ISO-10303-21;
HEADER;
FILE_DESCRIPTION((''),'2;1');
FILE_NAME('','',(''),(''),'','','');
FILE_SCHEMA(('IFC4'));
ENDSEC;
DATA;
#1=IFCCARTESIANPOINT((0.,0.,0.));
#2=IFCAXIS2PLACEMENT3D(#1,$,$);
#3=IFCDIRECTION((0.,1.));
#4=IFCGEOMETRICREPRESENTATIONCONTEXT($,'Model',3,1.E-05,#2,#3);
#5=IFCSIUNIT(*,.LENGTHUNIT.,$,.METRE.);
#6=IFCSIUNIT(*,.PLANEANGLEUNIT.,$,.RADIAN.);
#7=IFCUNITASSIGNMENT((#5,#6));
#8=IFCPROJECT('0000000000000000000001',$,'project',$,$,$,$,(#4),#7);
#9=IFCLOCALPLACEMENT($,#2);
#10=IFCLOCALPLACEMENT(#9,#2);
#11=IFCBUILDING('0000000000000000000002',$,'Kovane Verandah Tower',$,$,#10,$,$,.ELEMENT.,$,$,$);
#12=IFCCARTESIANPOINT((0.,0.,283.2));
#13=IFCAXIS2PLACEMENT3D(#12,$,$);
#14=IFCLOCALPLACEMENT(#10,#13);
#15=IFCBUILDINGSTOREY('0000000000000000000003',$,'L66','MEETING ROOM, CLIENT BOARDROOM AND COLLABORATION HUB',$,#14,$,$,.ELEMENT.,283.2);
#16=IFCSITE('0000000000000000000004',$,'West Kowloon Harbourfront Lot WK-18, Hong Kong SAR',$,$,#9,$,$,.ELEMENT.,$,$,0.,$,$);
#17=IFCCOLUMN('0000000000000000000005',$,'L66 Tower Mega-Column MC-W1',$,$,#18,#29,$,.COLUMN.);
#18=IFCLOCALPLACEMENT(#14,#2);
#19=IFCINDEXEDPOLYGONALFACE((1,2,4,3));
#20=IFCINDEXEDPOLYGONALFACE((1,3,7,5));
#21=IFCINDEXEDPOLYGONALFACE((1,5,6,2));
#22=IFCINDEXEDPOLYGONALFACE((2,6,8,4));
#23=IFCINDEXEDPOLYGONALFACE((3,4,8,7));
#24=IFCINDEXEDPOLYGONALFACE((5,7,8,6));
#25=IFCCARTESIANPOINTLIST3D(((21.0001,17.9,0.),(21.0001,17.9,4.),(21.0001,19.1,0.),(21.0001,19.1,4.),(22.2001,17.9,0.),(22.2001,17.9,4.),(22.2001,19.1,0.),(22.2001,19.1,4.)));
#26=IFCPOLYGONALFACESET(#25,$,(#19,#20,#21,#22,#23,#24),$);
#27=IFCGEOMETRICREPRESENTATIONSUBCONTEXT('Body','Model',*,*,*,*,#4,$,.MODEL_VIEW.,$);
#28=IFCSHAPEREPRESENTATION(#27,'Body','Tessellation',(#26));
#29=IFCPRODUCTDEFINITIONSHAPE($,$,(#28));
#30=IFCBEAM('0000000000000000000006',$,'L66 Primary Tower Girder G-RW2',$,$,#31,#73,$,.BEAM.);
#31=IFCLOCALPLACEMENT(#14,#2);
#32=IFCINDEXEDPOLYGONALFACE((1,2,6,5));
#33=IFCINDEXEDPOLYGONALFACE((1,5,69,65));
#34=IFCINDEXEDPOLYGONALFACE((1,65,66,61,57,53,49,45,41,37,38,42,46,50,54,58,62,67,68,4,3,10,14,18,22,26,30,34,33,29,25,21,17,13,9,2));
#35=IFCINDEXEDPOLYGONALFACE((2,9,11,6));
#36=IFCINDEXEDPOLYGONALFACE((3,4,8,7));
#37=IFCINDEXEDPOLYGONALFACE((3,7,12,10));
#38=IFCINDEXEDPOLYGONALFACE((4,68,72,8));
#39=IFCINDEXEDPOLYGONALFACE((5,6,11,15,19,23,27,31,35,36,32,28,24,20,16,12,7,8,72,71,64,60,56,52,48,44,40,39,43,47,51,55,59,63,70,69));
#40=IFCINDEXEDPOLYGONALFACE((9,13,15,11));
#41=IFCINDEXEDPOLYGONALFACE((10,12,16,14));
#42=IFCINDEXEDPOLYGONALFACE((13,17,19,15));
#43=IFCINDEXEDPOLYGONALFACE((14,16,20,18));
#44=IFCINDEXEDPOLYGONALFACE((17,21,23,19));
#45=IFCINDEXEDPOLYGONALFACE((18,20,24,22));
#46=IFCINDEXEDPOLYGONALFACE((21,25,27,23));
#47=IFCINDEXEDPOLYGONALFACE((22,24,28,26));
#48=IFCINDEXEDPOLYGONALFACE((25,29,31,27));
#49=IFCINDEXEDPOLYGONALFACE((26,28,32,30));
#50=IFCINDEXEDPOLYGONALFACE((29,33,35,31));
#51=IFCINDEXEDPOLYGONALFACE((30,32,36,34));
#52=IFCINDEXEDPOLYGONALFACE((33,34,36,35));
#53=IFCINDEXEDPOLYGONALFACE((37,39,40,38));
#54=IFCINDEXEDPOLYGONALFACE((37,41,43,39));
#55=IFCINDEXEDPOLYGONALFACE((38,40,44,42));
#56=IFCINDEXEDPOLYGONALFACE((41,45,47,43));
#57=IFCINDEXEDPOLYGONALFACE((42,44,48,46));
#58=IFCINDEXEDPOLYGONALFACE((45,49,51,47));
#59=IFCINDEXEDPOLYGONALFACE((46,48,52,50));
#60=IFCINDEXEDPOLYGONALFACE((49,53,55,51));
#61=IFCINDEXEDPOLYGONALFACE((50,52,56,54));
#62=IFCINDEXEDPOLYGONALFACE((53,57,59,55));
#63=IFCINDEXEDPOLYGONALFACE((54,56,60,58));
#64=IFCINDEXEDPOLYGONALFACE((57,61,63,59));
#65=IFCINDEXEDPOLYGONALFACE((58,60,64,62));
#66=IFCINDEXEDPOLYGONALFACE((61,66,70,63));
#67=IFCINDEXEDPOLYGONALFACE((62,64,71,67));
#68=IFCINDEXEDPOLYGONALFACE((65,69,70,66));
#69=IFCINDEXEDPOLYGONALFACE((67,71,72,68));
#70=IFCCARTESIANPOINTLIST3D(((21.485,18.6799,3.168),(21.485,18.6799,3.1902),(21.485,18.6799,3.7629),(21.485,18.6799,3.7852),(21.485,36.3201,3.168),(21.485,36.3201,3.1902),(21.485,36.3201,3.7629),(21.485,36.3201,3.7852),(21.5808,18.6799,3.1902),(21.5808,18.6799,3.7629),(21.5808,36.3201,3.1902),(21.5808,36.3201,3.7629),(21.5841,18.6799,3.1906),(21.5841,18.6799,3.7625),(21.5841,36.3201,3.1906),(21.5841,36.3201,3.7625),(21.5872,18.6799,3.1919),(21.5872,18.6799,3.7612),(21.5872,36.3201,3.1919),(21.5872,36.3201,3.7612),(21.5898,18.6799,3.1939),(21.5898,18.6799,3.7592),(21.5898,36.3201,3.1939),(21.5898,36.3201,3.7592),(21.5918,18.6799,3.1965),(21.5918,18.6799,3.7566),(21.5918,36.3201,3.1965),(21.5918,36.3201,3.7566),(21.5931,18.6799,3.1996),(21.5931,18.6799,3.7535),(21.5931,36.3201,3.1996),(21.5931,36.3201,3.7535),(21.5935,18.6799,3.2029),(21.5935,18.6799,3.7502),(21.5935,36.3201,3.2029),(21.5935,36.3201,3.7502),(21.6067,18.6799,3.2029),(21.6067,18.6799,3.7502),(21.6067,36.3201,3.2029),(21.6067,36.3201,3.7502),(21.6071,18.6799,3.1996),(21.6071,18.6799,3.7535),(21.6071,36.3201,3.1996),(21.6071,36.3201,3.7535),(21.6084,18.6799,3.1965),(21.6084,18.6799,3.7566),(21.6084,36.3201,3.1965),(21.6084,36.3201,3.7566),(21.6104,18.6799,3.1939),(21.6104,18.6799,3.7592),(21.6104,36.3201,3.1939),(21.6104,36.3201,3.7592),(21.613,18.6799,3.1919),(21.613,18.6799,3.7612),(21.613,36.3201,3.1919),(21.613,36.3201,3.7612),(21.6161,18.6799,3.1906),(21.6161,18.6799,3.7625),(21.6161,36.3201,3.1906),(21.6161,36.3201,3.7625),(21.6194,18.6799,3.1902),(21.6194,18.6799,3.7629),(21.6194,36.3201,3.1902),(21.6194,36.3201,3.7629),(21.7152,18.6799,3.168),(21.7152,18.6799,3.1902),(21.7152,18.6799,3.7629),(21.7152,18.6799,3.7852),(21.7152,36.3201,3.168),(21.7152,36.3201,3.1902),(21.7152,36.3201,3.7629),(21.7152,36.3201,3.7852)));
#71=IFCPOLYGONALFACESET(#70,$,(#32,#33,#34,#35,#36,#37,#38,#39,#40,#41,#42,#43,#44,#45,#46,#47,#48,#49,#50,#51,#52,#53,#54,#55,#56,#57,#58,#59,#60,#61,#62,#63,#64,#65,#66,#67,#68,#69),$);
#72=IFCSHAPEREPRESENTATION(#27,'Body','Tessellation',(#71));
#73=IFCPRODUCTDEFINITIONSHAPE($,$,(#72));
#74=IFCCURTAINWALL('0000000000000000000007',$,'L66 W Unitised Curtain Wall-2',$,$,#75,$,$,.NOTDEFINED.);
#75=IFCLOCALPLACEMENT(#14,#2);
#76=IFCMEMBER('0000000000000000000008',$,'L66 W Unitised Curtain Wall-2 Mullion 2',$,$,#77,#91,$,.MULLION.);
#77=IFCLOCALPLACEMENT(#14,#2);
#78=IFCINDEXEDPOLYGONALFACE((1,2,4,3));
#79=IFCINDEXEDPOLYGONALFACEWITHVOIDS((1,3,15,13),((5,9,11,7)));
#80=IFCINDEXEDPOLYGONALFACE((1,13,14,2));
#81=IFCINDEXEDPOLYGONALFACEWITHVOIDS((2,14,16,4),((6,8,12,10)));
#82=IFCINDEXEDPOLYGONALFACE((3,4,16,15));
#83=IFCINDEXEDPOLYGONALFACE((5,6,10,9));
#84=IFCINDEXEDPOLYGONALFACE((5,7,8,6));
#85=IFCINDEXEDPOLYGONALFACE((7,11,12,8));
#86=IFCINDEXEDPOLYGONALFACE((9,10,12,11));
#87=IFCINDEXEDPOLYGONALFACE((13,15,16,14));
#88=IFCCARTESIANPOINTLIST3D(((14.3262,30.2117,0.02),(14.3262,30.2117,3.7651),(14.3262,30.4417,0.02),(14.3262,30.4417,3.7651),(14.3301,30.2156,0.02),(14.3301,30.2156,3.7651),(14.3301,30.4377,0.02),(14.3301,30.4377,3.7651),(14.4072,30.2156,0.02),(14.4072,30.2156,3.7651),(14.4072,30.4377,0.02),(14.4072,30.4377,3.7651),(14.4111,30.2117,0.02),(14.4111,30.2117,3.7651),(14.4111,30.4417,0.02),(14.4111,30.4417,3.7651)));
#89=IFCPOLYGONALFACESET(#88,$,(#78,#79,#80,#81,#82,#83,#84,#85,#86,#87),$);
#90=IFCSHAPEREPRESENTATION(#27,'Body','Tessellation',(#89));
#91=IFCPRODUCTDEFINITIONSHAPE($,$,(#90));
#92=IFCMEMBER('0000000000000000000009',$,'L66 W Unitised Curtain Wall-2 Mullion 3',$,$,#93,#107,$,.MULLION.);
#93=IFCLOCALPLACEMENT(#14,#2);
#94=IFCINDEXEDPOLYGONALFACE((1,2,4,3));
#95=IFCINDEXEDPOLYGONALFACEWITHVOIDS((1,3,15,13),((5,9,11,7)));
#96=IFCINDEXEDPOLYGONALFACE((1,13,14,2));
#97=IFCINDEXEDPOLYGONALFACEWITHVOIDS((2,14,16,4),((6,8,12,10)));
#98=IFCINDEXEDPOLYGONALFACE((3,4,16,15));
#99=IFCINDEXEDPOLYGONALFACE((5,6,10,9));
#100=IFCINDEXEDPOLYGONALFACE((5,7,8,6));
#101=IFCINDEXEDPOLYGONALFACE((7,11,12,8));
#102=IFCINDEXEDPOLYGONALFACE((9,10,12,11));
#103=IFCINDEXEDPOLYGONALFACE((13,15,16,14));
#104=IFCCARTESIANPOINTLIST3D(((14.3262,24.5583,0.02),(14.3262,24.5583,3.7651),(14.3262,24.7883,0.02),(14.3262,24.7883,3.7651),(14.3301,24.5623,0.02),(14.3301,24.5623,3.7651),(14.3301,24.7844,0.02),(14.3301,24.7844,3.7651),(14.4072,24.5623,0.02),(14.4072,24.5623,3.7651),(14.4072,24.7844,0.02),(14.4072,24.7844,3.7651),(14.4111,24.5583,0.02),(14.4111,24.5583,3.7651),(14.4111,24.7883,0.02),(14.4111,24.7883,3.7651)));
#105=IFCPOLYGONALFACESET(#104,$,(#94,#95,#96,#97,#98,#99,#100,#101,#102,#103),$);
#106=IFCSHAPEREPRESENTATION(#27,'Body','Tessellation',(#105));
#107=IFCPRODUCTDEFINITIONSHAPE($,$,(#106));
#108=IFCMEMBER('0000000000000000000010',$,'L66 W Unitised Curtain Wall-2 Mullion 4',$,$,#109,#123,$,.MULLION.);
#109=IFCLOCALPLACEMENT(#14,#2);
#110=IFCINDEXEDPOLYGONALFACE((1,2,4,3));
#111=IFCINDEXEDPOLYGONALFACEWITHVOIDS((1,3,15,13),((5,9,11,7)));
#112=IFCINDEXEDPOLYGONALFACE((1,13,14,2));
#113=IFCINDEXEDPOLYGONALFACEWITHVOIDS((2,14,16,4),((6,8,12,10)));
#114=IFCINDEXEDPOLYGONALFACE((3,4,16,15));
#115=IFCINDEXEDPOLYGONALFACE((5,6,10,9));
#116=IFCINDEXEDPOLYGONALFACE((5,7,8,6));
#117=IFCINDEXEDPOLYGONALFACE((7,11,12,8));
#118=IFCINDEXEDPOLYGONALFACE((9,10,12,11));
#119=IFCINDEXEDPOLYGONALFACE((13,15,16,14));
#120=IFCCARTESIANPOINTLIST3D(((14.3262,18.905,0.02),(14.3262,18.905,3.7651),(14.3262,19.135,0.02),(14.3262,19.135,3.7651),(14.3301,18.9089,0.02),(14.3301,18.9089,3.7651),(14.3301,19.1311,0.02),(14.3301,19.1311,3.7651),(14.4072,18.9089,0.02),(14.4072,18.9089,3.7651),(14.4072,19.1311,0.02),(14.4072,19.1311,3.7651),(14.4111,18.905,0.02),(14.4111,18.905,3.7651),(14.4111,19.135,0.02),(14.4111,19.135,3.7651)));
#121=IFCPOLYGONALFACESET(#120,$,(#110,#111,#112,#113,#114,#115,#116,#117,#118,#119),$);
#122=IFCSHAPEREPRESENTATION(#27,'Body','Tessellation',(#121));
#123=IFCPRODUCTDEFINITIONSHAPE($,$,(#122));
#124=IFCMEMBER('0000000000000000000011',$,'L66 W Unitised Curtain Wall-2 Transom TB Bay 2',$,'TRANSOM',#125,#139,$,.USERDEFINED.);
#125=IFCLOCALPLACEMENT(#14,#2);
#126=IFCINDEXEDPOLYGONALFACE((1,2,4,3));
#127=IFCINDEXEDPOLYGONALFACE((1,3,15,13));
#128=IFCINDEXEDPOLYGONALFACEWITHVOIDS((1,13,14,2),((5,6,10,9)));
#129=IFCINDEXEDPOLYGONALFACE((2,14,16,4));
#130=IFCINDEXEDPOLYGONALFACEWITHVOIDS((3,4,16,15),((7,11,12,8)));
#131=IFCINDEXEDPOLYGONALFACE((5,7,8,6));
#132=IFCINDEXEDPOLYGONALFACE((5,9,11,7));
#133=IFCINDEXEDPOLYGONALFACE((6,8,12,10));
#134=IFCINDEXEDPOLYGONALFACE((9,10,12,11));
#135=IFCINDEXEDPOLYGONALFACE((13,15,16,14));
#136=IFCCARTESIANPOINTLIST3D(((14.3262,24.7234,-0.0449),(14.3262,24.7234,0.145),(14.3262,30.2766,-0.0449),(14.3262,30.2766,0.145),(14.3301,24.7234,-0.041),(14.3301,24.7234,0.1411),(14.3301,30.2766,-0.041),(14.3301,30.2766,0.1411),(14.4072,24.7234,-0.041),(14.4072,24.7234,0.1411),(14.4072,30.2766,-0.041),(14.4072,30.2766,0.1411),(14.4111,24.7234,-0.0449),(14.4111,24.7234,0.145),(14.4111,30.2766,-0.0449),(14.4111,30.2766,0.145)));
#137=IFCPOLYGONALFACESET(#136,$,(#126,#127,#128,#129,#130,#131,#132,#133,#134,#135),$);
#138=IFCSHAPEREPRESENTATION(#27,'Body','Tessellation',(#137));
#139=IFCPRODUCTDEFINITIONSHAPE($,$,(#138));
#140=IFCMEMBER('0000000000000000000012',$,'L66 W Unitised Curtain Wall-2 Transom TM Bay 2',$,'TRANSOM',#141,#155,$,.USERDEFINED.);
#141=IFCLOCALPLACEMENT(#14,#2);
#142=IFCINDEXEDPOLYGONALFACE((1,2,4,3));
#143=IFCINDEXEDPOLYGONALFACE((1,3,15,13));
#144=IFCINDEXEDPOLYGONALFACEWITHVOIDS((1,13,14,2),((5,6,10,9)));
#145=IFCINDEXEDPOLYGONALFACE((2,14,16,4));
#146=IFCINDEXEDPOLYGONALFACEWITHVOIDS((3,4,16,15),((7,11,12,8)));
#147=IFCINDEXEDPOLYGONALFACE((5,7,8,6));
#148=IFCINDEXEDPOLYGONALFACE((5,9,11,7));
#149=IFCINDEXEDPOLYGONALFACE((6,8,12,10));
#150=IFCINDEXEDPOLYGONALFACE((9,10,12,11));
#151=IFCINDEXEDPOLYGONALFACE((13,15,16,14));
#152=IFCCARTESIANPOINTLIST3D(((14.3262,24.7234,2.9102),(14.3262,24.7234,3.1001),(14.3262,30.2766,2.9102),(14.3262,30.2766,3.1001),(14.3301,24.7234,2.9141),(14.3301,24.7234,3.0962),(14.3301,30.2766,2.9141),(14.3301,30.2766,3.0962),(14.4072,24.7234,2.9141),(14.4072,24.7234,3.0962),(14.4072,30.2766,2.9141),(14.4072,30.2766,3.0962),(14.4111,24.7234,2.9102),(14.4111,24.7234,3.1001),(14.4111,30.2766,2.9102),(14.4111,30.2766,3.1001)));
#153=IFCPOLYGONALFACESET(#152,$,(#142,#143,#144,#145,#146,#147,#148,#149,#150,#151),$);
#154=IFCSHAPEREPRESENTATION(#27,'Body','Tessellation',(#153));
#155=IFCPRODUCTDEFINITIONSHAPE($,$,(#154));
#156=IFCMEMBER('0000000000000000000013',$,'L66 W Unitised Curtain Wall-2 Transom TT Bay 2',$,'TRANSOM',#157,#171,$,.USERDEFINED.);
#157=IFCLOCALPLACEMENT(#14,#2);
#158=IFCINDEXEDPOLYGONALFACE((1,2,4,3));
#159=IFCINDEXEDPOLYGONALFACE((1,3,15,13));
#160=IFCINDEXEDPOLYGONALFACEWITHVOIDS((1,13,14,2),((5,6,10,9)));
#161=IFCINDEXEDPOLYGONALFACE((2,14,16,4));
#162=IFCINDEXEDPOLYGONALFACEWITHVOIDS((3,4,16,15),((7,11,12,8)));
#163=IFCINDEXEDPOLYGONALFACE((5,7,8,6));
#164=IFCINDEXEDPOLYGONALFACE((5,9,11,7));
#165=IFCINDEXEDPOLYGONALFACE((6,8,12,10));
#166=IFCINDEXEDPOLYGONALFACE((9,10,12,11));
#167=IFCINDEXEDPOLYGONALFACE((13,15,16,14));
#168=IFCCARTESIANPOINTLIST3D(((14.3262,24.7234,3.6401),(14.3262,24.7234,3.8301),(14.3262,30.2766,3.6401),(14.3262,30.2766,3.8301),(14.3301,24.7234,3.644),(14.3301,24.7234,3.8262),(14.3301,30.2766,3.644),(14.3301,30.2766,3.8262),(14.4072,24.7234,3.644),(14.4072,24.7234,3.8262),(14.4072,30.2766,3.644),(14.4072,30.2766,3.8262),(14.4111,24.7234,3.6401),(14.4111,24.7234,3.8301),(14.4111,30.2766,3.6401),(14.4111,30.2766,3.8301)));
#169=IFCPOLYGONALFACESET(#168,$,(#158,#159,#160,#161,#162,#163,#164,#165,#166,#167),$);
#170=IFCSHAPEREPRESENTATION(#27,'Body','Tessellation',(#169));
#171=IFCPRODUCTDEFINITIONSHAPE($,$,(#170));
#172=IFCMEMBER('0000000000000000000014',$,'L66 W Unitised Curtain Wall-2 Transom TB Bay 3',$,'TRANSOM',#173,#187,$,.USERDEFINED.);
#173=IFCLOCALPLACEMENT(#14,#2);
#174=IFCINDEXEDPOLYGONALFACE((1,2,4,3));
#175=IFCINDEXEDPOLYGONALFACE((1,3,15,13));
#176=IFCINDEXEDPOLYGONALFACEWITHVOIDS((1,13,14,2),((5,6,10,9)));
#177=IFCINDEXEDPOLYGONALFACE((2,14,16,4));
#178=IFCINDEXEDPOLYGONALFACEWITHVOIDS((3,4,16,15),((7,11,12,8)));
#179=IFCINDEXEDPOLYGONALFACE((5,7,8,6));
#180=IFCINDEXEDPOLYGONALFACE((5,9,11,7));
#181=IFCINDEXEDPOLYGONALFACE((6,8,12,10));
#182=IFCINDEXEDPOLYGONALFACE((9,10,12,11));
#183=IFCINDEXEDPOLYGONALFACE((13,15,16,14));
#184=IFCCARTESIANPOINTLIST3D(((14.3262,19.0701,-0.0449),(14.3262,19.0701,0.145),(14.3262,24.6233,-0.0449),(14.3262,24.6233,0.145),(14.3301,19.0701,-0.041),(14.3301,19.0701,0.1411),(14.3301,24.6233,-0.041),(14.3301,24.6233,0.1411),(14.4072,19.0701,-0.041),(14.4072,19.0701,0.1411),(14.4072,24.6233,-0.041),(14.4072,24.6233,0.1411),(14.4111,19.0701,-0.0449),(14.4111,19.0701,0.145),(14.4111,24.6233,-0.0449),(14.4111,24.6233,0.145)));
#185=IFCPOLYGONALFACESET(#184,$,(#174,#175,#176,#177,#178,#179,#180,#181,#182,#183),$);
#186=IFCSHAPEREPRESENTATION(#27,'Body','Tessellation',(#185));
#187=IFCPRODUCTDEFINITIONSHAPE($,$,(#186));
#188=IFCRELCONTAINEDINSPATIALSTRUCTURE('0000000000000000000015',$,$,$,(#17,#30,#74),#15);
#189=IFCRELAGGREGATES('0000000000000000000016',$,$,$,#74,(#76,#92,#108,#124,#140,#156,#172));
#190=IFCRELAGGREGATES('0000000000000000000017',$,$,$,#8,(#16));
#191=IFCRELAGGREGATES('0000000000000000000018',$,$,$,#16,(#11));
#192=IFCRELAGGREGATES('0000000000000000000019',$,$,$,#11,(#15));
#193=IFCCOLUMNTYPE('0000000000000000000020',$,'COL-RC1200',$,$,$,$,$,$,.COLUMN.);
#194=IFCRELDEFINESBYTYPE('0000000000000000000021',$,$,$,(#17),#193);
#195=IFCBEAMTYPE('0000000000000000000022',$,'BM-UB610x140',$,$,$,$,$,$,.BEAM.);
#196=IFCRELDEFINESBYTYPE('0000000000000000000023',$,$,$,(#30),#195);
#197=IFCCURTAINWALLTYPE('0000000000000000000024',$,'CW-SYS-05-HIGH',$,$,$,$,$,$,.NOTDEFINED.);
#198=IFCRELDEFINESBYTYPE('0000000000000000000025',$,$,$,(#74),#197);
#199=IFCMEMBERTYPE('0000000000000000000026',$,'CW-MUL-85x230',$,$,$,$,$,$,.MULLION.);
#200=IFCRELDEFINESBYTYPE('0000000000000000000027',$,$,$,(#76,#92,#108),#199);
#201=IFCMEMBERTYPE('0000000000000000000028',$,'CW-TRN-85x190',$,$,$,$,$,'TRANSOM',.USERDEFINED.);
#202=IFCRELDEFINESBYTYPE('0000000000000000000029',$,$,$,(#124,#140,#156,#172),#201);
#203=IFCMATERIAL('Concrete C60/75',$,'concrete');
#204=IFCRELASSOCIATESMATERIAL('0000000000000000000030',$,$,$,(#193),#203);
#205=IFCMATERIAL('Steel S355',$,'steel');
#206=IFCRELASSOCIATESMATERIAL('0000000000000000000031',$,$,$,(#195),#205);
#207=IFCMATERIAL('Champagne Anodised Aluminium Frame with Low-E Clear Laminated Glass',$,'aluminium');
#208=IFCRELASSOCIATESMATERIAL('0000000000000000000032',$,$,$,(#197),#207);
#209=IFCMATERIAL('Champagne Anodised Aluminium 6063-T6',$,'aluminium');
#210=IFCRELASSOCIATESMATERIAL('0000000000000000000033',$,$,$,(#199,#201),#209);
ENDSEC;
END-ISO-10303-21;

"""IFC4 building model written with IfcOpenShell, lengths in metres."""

from ifc_helpers import new_model, si_unit, direction, frame, origin, origin_2d, place, context, subcontext, project, spatial, rectangle, hollow_rectangle, i_section, extrude, material, material_profile, profile_set, type_object, element, aggregate, save


model = new_model("IFC4")

# Units and contexts
model_context = context("Model", 3, precision=1e-05, world=origin(), true_north=direction((0.0, 1.0)))
body_context = subcontext(model_context, "Body", "Model", "MODEL_VIEW")
ifc_project = project(units=[si_unit("LENGTHUNIT", "METRE"), si_unit("PLANEANGLEUNIT", "RADIAN")], contexts=[model_context])

# Site, building, storey
site_placement = place(None, origin())
site = spatial("IfcSite", under=ifc_project, at=site_placement, Name="West Kowloon Harbourfront Lot WK-18, Hong Kong SAR", CompositionType="ELEMENT", RefElevation=0.0)
building_placement = place(site_placement, origin())
building = spatial("IfcBuilding", under=site, at=building_placement, Name="Kovane Verandah Tower", CompositionType="ELEMENT")
storey_placement = place(building_placement, frame((0.0, 0.0, 283.2)))
storey = spatial("IfcBuildingStorey", under=building, at=storey_placement, Name="L66", Description="MEETING ROOM, CLIENT BOARDROOM AND COLLABORATION HUB", CompositionType="ELEMENT", Elevation=283.2)

# Column
ifc_material_1 = material(Name="Concrete C60/75", Category="concrete")
ifc_material_profile_1 = material_profile(ifc_material_1, rectangle(XDim=1.2, YDim=1.2, at=origin_2d()), Name="RC1200x1200")
ifc_profile_set_1 = profile_set([ifc_material_profile_1], Name="Concrete C60/75")
column_type = type_object("IfcColumnType", Name="COL-RC1200", PredefinedType="COLUMN", material=ifc_profile_set_1)
column_placement = place(storey_placement, frame((21.6001, 18.5, 0.0), z_axis=(0.0, 0.0, 1.0), x_axis=(1.0, 0.0, 0.0)))
element("IfcColumn", 1, at=column_placement, inside=storey, type_object=column_type, Name="L66 Tower Mega-Column MC-W1", PredefinedType="COLUMN", context=body_context, shape_type="SweptSolid", body=[
    extrude(rectangle(XDim=1.2, YDim=1.2, at=origin_2d()), origin(), (0.0, 0.0, 1.0), 4.0),
])

# Beam
ifc_material_2 = material(Name="Steel S355", Category="steel")
ifc_material_profile_2 = material_profile(ifc_material_2, i_section(OverallWidth=0.2302, OverallDepth=0.6172, WebThickness=0.0132, FlangeThickness=0.0222, FilletRadius=0.0127, at=origin_2d()), Name="UB610x229x140")
ifc_profile_set_2 = profile_set([ifc_material_profile_2], Name="Steel S355")
beam_type_1 = type_object("IfcBeamType", Name="BM-UB610x140", PredefinedType="BEAM", material=ifc_profile_set_2)
beam_1_placement = place(storey_placement, frame((21.6001, 18.6799, 3.4766), z_axis=(0.0, 1.0, 0.0), x_axis=(-1.0, 0.0, 0.0)))
element("IfcBeam", 2, at=beam_1_placement, inside=storey, type_object=beam_type_1, Name="L66 Primary Tower Girder G-RW2", PredefinedType="BEAM", context=body_context, shape_type="SweptSolid", body=[
    extrude(i_section(OverallWidth=0.2302, OverallDepth=0.6172, WebThickness=0.0132, FlangeThickness=0.0222, FilletRadius=0.0127, at=origin_2d()), origin(), (0.0, 0.0, 1.0), 17.6401),
])

# Curtain wall, members
ifc_material_3 = material(Name="Champagne Anodised Aluminium Frame with Low-E Clear Laminated Glass", Category="aluminium")
curtain_wall_type = type_object("IfcCurtainWallType", Name="CW-SYS-05-HIGH", PredefinedType="NOTDEFINED", material=ifc_material_3)
curtain_wall_placement = place(storey_placement, origin())
curtain_wall = element("IfcCurtainWall", 3, at=curtain_wall_placement, inside=storey, type_object=curtain_wall_type, Name="L66 W Unitised Curtain Wall-2", PredefinedType="NOTDEFINED")
ifc_material_4 = material(Name="Champagne Anodised Aluminium 6063-T6", Category="aluminium")
ifc_material_profile_3 = material_profile(ifc_material_4, hollow_rectangle(XDim=0.085, YDim=0.23, WallThickness=0.0039, at=origin_2d()), Name="AL85x230x4")
ifc_profile_set_3 = profile_set([ifc_material_profile_3], Name="Champagne Anodised Aluminium 6063-T6")
member_type_1 = type_object("IfcMemberType", Name="CW-MUL-85x230", PredefinedType="MULLION", material=ifc_profile_set_3)
member_1_placement = place(storey_placement, frame((14.3687, 30.3267, 0.02), z_axis=(0.0, 0.0, 1.0), x_axis=(-1.0, 0.0, 0.0)))
member_1 = element("IfcMember", 4, at=member_1_placement, type_object=member_type_1, Name="L66 W Unitised Curtain Wall-2 Mullion 2", PredefinedType="MULLION", context=body_context, shape_type="SweptSolid", body=[
    extrude(hollow_rectangle(XDim=0.085, YDim=0.23, WallThickness=0.0039, at=origin_2d()), origin(), (0.0, 0.0, 1.0), 3.7451),
])
member_2_placement = place(storey_placement, frame((14.3687, 24.6733, 0.02), z_axis=(0.0, 0.0, 1.0), x_axis=(-1.0, 0.0, 0.0)))
member_2 = element("IfcMember", 5, at=member_2_placement, type_object=member_type_1, Name="L66 W Unitised Curtain Wall-2 Mullion 3", PredefinedType="MULLION", context=body_context, shape_type="SweptSolid", body=[
    extrude(hollow_rectangle(XDim=0.085, YDim=0.23, WallThickness=0.0039, at=origin_2d()), origin(), (0.0, 0.0, 1.0), 3.7451),
])
member_3_placement = place(storey_placement, frame((14.3687, 19.02, 0.02), z_axis=(0.0, 0.0, 1.0), x_axis=(-1.0, 0.0, 0.0)))
member_3 = element("IfcMember", 6, at=member_3_placement, type_object=member_type_1, Name="L66 W Unitised Curtain Wall-2 Mullion 4", PredefinedType="MULLION", context=body_context, shape_type="SweptSolid", body=[
    extrude(hollow_rectangle(XDim=0.085, YDim=0.23, WallThickness=0.0039, at=origin_2d()), origin(), (0.0, 0.0, 1.0), 3.7451),
])
ifc_material_profile_4 = material_profile(ifc_material_4, hollow_rectangle(XDim=0.085, YDim=0.1899, WallThickness=0.0039, at=origin_2d()), Name="AL85x190x4")
ifc_profile_set_4 = profile_set([ifc_material_profile_4], Name="Champagne Anodised Aluminium 6063-T6")
member_type_2 = type_object("IfcMemberType", Name="CW-TRN-85x190", ElementType="TRANSOM", PredefinedType="USERDEFINED", material=ifc_profile_set_4)
member_4_placement = place(storey_placement, frame((14.3687, 30.2766, 0.05), z_axis=(0.0, -1.0, 0.0), x_axis=(1.0, 0.0, 0.0)))
member_4 = element("IfcMember", 7, at=member_4_placement, type_object=member_type_2, Name="L66 W Unitised Curtain Wall-2 Transom TB Bay 2", ObjectType="TRANSOM", PredefinedType="USERDEFINED", context=body_context, shape_type="SweptSolid", body=[
    extrude(hollow_rectangle(XDim=0.085, YDim=0.1899, WallThickness=0.0039, at=origin_2d()), origin(), (0.0, 0.0, 1.0), 5.5532),
])
member_5_placement = place(storey_placement, frame((14.3687, 30.2766, 3.0051), z_axis=(0.0, -1.0, 0.0), x_axis=(1.0, 0.0, 0.0)))
member_5 = element("IfcMember", 8, at=member_5_placement, type_object=member_type_2, Name="L66 W Unitised Curtain Wall-2 Transom TM Bay 2", ObjectType="TRANSOM", PredefinedType="USERDEFINED", context=body_context, shape_type="SweptSolid", body=[
    extrude(hollow_rectangle(XDim=0.085, YDim=0.1899, WallThickness=0.0039, at=origin_2d()), origin(), (0.0, 0.0, 1.0), 5.5532),
])
member_6_placement = place(storey_placement, frame((14.3687, 30.2766, 3.7351), z_axis=(0.0, -1.0, 0.0), x_axis=(1.0, 0.0, 0.0)))
member_6 = element("IfcMember", 9, at=member_6_placement, type_object=member_type_2, Name="L66 W Unitised Curtain Wall-2 Transom TT Bay 2", ObjectType="TRANSOM", PredefinedType="USERDEFINED", context=body_context, shape_type="SweptSolid", body=[
    extrude(hollow_rectangle(XDim=0.085, YDim=0.1899, WallThickness=0.0039, at=origin_2d()), origin(), (0.0, 0.0, 1.0), 5.5532),
])
member_7_placement = place(storey_placement, frame((14.3687, 24.6233, 0.05), z_axis=(0.0, -1.0, 0.0), x_axis=(1.0, 0.0, 0.0)))
member_7 = element("IfcMember", 10, at=member_7_placement, type_object=member_type_2, Name="L66 W Unitised Curtain Wall-2 Transom TB Bay 3", ObjectType="TRANSOM", PredefinedType="USERDEFINED", context=body_context, shape_type="SweptSolid", body=[
    extrude(hollow_rectangle(XDim=0.085, YDim=0.1899, WallThickness=0.0039, at=origin_2d()), origin(), (0.0, 0.0, 1.0), 5.5532),
])

aggregate(curtain_wall, [member_1, member_2, member_3, member_4, member_5, member_6, member_7])

save(model, "model.ifc")
